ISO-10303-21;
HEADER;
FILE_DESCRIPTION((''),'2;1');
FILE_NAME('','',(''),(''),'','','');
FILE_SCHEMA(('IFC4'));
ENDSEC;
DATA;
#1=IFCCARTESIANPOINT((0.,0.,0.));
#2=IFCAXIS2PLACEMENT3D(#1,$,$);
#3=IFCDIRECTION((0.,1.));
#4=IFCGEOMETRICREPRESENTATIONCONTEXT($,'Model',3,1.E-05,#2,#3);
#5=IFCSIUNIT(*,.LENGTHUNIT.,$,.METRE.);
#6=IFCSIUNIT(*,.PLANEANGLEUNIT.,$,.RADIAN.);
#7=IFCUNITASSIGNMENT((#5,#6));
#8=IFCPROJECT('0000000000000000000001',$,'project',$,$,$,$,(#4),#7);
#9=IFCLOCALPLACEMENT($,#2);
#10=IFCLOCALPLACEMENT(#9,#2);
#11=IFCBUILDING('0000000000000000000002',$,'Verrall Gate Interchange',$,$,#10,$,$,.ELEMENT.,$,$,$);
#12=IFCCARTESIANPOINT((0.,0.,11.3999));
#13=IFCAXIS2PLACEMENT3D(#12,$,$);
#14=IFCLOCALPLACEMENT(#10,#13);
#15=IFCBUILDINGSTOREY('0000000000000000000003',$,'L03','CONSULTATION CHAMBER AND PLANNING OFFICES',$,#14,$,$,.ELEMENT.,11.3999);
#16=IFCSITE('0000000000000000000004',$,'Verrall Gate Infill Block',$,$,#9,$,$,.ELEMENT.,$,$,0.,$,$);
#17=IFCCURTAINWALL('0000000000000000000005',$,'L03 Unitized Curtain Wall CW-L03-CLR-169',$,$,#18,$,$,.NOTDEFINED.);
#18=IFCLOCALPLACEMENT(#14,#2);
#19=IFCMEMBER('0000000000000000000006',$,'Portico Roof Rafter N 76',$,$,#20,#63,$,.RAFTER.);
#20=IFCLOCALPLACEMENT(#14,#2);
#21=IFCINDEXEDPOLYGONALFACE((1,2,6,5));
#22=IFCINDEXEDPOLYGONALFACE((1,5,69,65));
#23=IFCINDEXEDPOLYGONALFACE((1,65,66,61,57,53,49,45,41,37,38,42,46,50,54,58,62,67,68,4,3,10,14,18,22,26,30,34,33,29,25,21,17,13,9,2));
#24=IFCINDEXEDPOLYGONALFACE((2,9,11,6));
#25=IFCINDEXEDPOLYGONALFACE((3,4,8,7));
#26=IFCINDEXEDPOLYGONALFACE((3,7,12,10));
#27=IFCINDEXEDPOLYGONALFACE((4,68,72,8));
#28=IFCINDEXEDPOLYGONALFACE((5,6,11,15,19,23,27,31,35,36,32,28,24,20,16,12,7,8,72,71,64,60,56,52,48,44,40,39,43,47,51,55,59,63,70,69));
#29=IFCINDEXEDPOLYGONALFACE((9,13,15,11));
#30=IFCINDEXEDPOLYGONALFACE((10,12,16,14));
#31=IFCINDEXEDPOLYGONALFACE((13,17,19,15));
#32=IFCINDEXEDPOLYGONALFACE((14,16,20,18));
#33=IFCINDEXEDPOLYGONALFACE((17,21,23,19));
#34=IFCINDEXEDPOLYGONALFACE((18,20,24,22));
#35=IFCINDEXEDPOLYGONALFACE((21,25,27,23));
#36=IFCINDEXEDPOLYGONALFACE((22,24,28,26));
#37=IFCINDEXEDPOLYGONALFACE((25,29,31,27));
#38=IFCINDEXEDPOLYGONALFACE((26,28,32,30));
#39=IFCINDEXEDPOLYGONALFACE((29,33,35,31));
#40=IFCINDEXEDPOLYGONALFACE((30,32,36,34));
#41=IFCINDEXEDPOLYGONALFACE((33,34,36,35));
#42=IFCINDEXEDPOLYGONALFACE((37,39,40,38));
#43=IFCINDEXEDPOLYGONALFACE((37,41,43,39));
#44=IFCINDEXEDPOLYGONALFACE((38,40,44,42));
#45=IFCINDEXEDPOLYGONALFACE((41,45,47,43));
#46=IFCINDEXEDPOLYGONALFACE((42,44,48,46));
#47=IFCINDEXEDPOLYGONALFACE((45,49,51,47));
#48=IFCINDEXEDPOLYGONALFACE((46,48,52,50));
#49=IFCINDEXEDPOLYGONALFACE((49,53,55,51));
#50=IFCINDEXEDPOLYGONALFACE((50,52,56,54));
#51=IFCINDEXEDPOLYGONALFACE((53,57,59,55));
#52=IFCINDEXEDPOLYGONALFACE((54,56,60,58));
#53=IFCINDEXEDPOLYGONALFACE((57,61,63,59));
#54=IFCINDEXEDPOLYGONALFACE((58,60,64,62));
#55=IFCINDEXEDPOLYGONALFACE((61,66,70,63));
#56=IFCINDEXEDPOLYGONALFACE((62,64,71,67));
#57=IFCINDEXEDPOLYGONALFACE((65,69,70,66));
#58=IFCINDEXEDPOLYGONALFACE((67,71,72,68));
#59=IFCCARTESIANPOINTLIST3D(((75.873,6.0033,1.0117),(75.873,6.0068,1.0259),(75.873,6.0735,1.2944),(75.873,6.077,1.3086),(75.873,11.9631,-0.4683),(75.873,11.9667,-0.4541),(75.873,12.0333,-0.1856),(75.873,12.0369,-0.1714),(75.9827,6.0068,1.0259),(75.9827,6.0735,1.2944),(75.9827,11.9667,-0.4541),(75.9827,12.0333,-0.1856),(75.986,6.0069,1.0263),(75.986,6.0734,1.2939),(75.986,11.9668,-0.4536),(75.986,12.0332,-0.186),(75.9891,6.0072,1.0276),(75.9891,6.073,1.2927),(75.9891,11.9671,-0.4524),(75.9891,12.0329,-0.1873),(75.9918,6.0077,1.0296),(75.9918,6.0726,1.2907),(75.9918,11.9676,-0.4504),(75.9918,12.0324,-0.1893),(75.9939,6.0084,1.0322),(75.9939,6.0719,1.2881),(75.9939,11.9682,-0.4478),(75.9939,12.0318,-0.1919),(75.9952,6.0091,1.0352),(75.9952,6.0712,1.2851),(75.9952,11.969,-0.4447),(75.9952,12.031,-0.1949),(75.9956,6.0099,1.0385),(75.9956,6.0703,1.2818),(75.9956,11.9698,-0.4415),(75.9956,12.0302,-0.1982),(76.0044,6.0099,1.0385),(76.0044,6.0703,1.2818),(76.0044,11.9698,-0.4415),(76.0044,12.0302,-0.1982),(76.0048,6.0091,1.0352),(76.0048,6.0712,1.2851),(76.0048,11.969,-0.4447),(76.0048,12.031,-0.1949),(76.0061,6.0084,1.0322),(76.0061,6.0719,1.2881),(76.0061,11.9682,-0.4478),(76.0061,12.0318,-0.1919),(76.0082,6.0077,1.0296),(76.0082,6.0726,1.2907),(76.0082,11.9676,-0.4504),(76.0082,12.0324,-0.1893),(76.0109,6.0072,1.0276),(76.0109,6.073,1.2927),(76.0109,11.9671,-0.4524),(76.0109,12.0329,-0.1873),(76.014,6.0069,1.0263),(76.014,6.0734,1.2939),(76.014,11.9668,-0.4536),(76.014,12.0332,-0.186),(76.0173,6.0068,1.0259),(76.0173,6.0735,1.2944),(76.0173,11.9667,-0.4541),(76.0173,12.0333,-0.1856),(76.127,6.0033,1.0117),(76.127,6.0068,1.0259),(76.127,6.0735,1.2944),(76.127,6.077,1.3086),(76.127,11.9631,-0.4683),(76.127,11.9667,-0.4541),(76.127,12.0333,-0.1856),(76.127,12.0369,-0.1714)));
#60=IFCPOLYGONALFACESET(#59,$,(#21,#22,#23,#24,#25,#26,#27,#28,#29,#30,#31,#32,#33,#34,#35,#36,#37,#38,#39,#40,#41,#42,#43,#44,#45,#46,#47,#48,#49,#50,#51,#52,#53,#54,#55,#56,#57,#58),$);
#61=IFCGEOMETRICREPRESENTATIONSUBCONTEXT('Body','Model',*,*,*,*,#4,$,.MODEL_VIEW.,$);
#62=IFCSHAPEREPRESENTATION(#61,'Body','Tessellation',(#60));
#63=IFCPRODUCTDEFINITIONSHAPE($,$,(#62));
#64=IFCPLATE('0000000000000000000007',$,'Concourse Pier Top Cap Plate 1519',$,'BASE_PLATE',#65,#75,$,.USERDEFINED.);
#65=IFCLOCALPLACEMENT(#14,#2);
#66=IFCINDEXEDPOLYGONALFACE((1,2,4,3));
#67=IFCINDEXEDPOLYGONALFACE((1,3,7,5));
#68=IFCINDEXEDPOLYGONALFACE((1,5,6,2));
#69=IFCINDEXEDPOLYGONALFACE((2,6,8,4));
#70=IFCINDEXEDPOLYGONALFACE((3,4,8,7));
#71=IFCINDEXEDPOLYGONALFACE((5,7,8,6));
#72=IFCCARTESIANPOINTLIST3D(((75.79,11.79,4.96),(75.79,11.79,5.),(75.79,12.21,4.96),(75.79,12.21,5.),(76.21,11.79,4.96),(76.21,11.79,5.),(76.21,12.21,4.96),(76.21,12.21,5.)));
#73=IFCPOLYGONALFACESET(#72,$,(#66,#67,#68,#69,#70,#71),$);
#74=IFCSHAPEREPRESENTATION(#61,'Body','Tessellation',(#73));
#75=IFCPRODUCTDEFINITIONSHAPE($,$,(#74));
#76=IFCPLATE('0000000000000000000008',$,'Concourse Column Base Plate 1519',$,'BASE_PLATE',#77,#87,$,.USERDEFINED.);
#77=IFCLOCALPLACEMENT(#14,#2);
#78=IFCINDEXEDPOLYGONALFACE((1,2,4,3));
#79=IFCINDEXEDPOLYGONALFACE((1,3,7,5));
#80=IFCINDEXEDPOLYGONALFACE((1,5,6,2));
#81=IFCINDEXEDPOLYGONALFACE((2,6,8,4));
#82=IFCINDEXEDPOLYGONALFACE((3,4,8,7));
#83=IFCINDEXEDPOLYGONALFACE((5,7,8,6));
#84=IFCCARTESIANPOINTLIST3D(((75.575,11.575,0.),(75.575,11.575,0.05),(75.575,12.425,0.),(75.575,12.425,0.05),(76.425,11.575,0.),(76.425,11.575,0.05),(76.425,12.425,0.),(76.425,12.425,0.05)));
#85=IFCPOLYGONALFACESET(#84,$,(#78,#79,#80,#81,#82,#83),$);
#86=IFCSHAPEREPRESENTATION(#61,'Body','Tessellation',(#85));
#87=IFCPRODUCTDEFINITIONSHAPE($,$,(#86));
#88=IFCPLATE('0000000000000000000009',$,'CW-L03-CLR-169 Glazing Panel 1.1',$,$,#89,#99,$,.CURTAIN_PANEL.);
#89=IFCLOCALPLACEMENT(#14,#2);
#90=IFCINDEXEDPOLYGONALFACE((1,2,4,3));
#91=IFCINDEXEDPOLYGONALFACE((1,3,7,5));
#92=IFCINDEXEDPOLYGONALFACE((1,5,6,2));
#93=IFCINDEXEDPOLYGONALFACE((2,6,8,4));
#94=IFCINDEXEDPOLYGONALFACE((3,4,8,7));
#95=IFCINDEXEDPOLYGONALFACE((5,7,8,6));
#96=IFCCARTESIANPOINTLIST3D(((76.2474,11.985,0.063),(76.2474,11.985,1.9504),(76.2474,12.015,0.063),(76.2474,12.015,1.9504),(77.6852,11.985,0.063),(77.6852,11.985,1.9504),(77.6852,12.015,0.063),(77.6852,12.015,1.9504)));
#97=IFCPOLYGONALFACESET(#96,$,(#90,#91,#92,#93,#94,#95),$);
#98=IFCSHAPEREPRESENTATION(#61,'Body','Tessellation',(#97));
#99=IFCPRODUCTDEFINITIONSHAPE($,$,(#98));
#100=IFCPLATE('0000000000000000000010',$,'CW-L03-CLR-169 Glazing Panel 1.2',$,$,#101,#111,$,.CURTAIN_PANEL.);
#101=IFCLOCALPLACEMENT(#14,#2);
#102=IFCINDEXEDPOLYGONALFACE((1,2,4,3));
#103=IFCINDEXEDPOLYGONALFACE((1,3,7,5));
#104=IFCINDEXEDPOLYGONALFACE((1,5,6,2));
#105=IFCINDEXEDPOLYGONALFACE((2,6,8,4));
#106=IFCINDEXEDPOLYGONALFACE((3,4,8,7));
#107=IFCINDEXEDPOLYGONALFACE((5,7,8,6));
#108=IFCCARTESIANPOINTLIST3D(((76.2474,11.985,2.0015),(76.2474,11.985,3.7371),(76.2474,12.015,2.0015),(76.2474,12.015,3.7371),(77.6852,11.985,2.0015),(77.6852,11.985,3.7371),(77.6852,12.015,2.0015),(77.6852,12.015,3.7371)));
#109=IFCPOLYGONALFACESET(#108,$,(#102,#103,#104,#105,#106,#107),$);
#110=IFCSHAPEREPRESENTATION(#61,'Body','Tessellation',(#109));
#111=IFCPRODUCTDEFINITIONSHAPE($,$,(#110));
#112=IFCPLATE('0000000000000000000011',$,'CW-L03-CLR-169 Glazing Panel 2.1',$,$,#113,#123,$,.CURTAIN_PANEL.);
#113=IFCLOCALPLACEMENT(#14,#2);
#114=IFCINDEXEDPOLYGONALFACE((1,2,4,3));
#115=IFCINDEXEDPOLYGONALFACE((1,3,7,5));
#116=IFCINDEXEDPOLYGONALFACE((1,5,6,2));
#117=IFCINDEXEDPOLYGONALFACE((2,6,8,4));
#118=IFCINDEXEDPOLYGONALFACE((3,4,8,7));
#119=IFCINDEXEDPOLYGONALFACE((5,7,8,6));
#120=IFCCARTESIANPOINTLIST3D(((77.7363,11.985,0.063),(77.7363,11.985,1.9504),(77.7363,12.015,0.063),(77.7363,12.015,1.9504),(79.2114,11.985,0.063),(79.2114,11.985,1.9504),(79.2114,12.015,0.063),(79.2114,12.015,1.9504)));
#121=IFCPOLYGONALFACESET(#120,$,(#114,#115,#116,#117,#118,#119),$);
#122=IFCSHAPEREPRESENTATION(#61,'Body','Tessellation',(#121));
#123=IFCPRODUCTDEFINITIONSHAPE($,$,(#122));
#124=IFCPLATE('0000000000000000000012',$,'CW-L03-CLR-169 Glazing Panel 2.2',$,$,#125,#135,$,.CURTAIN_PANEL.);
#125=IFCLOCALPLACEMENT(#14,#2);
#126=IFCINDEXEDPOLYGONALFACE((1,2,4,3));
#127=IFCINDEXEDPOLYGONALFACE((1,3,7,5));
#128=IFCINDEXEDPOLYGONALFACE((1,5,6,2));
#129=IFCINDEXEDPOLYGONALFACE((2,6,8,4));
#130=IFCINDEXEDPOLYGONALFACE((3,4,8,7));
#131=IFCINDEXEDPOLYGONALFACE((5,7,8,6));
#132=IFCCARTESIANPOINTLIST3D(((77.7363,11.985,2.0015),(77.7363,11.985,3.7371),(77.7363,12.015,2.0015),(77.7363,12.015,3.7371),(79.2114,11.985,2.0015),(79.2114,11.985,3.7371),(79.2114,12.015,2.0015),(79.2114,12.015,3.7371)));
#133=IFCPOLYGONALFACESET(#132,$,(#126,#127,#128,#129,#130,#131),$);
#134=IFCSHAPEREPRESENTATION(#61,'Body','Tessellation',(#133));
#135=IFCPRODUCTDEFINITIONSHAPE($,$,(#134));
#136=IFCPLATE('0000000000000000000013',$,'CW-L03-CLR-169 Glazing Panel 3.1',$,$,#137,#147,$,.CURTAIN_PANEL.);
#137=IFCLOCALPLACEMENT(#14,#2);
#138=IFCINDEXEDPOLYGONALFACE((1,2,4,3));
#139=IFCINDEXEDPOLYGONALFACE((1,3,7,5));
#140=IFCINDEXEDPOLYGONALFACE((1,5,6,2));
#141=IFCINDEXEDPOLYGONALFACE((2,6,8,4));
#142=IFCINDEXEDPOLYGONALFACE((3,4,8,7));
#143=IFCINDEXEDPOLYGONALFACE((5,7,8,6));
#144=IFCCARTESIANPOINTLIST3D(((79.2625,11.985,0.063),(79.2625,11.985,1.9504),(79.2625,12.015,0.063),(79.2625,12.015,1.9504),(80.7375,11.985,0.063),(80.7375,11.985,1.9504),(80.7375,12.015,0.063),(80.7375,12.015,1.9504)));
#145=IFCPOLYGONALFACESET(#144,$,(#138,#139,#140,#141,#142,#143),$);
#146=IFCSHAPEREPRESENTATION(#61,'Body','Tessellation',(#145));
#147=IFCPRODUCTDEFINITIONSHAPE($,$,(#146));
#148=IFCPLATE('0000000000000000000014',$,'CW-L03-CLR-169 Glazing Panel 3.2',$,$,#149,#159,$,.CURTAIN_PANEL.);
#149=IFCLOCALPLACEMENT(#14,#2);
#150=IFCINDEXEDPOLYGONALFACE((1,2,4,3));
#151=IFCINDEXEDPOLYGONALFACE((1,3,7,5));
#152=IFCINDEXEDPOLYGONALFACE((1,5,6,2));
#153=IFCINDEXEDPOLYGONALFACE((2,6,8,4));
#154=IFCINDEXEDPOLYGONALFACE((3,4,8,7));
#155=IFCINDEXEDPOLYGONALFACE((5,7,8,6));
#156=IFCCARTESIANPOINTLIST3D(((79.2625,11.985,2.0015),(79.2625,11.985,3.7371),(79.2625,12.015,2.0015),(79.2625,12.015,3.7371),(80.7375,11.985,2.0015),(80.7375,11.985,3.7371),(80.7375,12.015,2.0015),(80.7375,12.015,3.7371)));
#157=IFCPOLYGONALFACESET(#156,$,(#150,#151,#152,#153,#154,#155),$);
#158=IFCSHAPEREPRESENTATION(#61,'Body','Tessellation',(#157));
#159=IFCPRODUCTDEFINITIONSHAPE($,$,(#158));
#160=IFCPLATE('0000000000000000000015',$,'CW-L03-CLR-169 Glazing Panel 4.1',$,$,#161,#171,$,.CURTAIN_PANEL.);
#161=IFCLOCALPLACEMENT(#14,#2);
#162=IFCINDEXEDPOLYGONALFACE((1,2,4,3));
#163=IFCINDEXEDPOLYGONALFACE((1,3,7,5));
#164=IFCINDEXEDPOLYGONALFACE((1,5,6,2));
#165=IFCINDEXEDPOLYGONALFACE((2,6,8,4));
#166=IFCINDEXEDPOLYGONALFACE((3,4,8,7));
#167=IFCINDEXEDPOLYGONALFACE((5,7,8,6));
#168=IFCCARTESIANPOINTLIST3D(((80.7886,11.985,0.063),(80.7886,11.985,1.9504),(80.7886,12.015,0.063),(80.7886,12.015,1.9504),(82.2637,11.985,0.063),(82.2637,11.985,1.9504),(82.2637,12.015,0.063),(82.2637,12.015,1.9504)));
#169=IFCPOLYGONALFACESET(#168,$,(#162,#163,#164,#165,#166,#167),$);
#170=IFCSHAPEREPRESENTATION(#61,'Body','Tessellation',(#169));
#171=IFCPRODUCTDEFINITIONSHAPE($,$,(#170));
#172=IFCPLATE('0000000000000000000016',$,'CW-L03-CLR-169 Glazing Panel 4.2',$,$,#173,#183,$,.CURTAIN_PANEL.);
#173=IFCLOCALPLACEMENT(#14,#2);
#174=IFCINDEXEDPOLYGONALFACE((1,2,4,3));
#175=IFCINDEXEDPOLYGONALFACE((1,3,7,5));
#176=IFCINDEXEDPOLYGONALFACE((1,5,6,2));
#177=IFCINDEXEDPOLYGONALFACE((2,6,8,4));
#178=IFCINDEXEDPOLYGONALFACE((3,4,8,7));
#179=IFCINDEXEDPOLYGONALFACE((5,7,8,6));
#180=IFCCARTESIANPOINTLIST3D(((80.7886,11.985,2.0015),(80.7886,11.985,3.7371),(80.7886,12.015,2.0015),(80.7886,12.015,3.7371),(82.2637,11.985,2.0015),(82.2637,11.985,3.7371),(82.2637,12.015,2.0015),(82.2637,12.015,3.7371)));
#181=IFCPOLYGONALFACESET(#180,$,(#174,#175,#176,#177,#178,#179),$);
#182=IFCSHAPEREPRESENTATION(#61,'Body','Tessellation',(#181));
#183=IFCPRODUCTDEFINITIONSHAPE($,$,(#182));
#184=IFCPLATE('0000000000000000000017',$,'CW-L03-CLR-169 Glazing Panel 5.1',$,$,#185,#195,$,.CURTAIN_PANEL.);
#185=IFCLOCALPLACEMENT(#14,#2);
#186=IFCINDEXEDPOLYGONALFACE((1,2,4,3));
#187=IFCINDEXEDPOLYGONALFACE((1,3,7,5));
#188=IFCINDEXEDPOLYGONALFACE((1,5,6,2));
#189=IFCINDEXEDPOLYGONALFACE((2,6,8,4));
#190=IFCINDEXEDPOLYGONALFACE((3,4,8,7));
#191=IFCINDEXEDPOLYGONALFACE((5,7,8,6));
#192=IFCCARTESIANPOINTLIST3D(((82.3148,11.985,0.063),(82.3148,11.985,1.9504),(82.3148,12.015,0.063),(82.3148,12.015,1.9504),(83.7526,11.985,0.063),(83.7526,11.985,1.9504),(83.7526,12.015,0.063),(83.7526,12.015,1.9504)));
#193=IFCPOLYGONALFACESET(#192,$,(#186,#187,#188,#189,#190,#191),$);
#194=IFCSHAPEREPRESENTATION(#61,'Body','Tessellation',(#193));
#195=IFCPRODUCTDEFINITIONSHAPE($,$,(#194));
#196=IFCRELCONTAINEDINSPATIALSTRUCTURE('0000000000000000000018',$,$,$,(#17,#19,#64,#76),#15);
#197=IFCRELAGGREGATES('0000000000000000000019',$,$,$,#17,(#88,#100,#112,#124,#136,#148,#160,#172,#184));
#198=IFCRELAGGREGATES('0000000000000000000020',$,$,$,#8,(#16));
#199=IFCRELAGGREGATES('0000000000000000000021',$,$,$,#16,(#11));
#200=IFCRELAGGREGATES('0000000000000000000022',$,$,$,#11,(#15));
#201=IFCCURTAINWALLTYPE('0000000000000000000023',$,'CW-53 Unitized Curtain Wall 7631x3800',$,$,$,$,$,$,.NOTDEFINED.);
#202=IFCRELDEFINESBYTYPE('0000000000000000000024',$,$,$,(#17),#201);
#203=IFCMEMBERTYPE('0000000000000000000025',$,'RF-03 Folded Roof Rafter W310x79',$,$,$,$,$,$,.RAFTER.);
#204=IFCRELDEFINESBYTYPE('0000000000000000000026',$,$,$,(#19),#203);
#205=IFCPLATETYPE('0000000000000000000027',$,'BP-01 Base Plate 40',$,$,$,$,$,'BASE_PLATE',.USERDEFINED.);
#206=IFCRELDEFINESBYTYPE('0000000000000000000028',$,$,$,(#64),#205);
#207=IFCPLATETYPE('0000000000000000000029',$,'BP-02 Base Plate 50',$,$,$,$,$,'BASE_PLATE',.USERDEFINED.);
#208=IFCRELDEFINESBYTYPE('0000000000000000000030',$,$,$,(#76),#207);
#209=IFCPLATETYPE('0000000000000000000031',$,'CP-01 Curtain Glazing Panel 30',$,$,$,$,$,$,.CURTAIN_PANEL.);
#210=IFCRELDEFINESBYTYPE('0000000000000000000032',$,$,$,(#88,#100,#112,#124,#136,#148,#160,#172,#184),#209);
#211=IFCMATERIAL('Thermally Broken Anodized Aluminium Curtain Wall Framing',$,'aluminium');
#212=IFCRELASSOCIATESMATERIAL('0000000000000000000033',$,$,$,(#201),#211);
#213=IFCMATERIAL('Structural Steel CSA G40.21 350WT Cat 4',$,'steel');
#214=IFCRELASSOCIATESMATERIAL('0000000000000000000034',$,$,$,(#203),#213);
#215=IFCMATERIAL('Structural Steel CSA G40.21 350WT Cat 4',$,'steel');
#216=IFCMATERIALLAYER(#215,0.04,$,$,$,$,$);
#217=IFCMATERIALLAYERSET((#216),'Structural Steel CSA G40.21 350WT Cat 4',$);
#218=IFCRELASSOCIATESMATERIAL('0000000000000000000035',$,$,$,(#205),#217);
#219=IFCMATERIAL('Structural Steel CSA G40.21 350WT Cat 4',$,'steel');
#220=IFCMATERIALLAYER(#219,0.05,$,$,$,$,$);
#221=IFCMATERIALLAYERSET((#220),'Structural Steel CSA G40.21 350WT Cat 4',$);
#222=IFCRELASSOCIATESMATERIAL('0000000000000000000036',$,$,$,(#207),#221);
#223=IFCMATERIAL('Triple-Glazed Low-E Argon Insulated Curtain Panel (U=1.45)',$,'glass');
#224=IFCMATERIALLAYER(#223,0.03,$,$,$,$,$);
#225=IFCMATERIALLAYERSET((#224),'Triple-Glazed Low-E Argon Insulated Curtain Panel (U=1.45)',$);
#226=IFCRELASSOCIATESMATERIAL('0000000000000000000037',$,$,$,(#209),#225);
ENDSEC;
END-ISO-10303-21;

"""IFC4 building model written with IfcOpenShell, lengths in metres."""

from ifc_helpers import new_model, si_unit, direction, frame, origin, origin_2d, place, context, subcontext, project, spatial, rectangle, i_section, extrude, material, layer, layer_set, material_profile, profile_set, type_object, element, aggregate, save


model = new_model("IFC4")

# Units and contexts
model_context = context("Model", 3, precision=1e-05, world=origin(), true_north=direction((0.0, 1.0)))
body_context = subcontext(model_context, "Body", "Model", "MODEL_VIEW")
ifc_project = project(units=[si_unit("LENGTHUNIT", "METRE"), si_unit("PLANEANGLEUNIT", "RADIAN")], contexts=[model_context])

# Site, building, storey
site_placement = place(None, origin())
site = spatial("IfcSite", under=ifc_project, at=site_placement, Name="Verrall Gate Infill Block", CompositionType="ELEMENT", RefElevation=0.0)
building_placement = place(site_placement, origin())
building = spatial("IfcBuilding", under=site, at=building_placement, Name="Verrall Gate Interchange", CompositionType="ELEMENT")
storey_placement = place(building_placement, frame((0.0, 0.0, 11.3999)))
storey = spatial("IfcBuildingStorey", under=building, at=storey_placement, Name="L03", Description="CONSULTATION CHAMBER AND PLANNING OFFICES", CompositionType="ELEMENT", Elevation=11.3999)

# Curtain wall
ifc_material_1 = material(Name="Thermally Broken Anodized Aluminium Curtain Wall Framing", Category="aluminium")
curtain_wall_type = type_object("IfcCurtainWallType", Name="CW-53 Unitized Curtain Wall 7631x3800", PredefinedType="NOTDEFINED", material=ifc_material_1)
curtain_wall_placement = place(storey_placement, origin())
curtain_wall = element("IfcCurtainWall", 1, at=curtain_wall_placement, inside=storey, type_object=curtain_wall_type, Name="L03 Unitized Curtain Wall CW-L03-CLR-169", PredefinedType="NOTDEFINED")

# Member
ifc_material_2 = material(Name="Structural Steel CSA G40.21 350WT Cat 4", Category="steel")
ifc_material_profile_1 = material_profile(ifc_material_2, i_section(OverallWidth=0.2539, OverallDepth=0.3059, WebThickness=0.0088, FlangeThickness=0.0146, FilletRadius=0.0129, at=origin_2d()), Name="W310x79")
ifc_profile_set_1 = profile_set([ifc_material_profile_1], Name="Structural Steel CSA G40.21 350WT Cat 4")
member_type_1 = type_object("IfcMemberType", Name="RF-03 Folded Roof Rafter W310x79", PredefinedType="RAFTER", material=ifc_profile_set_1)
member_1_placement = place(storey_placement, frame((76.0, 12.0, -0.3198), z_axis=(0.0, -0.970525, 0.241001), x_axis=(1.0, 0.0, 0.0)))
element("IfcMember", 2, at=member_1_placement, inside=storey, type_object=member_type_1, Name="Portico Roof Rafter N 76", PredefinedType="RAFTER", context=body_context, shape_type="SweptSolid", body=[
    extrude(i_section(OverallWidth=0.2539, OverallDepth=0.3059, WebThickness=0.0088, FlangeThickness=0.0146, FilletRadius=0.0129, at=origin_2d()), origin(), (0.0, 0.0, 1.0), 6.1409),
])

# Plates
ifc_material_3 = material(Name="Structural Steel CSA G40.21 350WT Cat 4", Category="steel")
ifc_layer_1 = layer(ifc_material_3, 0.04)
ifc_layer_set_1 = layer_set([ifc_layer_1], Name="Structural Steel CSA G40.21 350WT Cat 4")
plate_type_1 = type_object("IfcPlateType", Name="BP-01 Base Plate 40", ElementType="BASE_PLATE", PredefinedType="USERDEFINED", material=ifc_layer_set_1)
plate_1_placement = place(storey_placement, frame((76.0, 12.0, 4.96), z_axis=(0.0, 0.0, 1.0), x_axis=(1.0, 0.0, 0.0)))
element("IfcPlate", 3, at=plate_1_placement, inside=storey, type_object=plate_type_1, Name="Concourse Pier Top Cap Plate 1519", ObjectType="BASE_PLATE", PredefinedType="USERDEFINED", context=body_context, shape_type="SweptSolid", body=[
    extrude(rectangle(XDim=0.4199, YDim=0.4199, at=origin_2d()), origin(), (0.0, 0.0, 1.0), 0.04),
])
ifc_material_4 = material(Name="Structural Steel CSA G40.21 350WT Cat 4", Category="steel")
ifc_layer_2 = layer(ifc_material_4, 0.05)
ifc_layer_set_2 = layer_set([ifc_layer_2], Name="Structural Steel CSA G40.21 350WT Cat 4")
plate_type_2 = type_object("IfcPlateType", Name="BP-02 Base Plate 50", ElementType="BASE_PLATE", PredefinedType="USERDEFINED", material=ifc_layer_set_2)
plate_2_placement = place(storey_placement, frame((76.0, 12.0, 0.0), z_axis=(0.0, 0.0, 1.0), x_axis=(1.0, 0.0, 0.0)))
element("IfcPlate", 4, at=plate_2_placement, inside=storey, type_object=plate_type_2, Name="Concourse Column Base Plate 1519", ObjectType="BASE_PLATE", PredefinedType="USERDEFINED", context=body_context, shape_type="SweptSolid", body=[
    extrude(rectangle(XDim=0.8501, YDim=0.8501, at=origin_2d()), origin(), (0.0, 0.0, 1.0), 0.05),
])

# Plates
ifc_material_5 = material(Name="Triple-Glazed Low-E Argon Insulated Curtain Panel (U=1.45)", Category="glass")
ifc_layer_3 = layer(ifc_material_5, 0.03)
ifc_layer_set_3 = layer_set([ifc_layer_3], Name="Triple-Glazed Low-E Argon Insulated Curtain Panel (U=1.45)")
plate_type_3 = type_object("IfcPlateType", Name="CP-01 Curtain Glazing Panel 30", PredefinedType="CURTAIN_PANEL", material=ifc_layer_set_3)
plate_3_placement = place(storey_placement, frame((76.9663, 12.0, 0.063), z_axis=(0.0, 0.0, 1.0), x_axis=(1.0, 0.0, 0.0)))
plate_3 = element("IfcPlate", 5, at=plate_3_placement, type_object=plate_type_3, Name="CW-L03-CLR-169 Glazing Panel 1.1", PredefinedType="CURTAIN_PANEL", context=body_context, shape_type="SweptSolid", body=[
    extrude(rectangle(XDim=1.4377, YDim=0.03, at=origin_2d()), origin(), (0.0, 0.0, 1.0), 1.8875),
])
plate_4_placement = place(storey_placement, frame((76.9663, 12.0, 2.0015), z_axis=(0.0, 0.0, 1.0), x_axis=(1.0, 0.0, 0.0)))
plate_4 = element("IfcPlate", 6, at=plate_4_placement, type_object=plate_type_3, Name="CW-L03-CLR-169 Glazing Panel 1.2", PredefinedType="CURTAIN_PANEL", context=body_context, shape_type="SweptSolid", body=[
    extrude(rectangle(XDim=1.4377, YDim=0.03, at=origin_2d()), origin(), (0.0, 0.0, 1.0), 1.7356),
])
plate_5_placement = place(storey_placement, frame((78.4739, 12.0, 0.063), z_axis=(0.0, 0.0, 1.0), x_axis=(1.0, 0.0, 0.0)))
plate_5 = element("IfcPlate", 7, at=plate_5_placement, type_object=plate_type_3, Name="CW-L03-CLR-169 Glazing Panel 2.1", PredefinedType="CURTAIN_PANEL", context=body_context, shape_type="SweptSolid", body=[
    extrude(rectangle(XDim=1.4751, YDim=0.03, at=origin_2d()), origin(), (0.0, 0.0, 1.0), 1.8875),
])
plate_6_placement = place(storey_placement, frame((78.4739, 12.0, 2.0015), z_axis=(0.0, 0.0, 1.0), x_axis=(1.0, 0.0, 0.0)))
plate_6 = element("IfcPlate", 8, at=plate_6_placement, type_object=plate_type_3, Name="CW-L03-CLR-169 Glazing Panel 2.2", PredefinedType="CURTAIN_PANEL", context=body_context, shape_type="SweptSolid", body=[
    extrude(rectangle(XDim=1.4751, YDim=0.03, at=origin_2d()), origin(), (0.0, 0.0, 1.0), 1.7356),
])
plate_7_placement = place(storey_placement, frame((80.0, 12.0, 0.063), z_axis=(0.0, 0.0, 1.0), x_axis=(1.0, 0.0, 0.0)))
plate_7 = element("IfcPlate", 9, at=plate_7_placement, type_object=plate_type_3, Name="CW-L03-CLR-169 Glazing Panel 3.1", PredefinedType="CURTAIN_PANEL", context=body_context, shape_type="SweptSolid", body=[
    extrude(rectangle(XDim=1.4751, YDim=0.03, at=origin_2d()), origin(), (0.0, 0.0, 1.0), 1.8875),
])
plate_8_placement = place(storey_placement, frame((80.0, 12.0, 2.0015), z_axis=(0.0, 0.0, 1.0), x_axis=(1.0, 0.0, 0.0)))
plate_8 = element("IfcPlate", 10, at=plate_8_placement, type_object=plate_type_3, Name="CW-L03-CLR-169 Glazing Panel 3.2", PredefinedType="CURTAIN_PANEL", context=body_context, shape_type="SweptSolid", body=[
    extrude(rectangle(XDim=1.4751, YDim=0.03, at=origin_2d()), origin(), (0.0, 0.0, 1.0), 1.7356),
])
plate_9_placement = place(storey_placement, frame((81.5261, 12.0, 0.063), z_axis=(0.0, 0.0, 1.0), x_axis=(1.0, 0.0, 0.0)))
plate_9 = element("IfcPlate", 11, at=plate_9_placement, type_object=plate_type_3, Name="CW-L03-CLR-169 Glazing Panel 4.1", PredefinedType="CURTAIN_PANEL", context=body_context, shape_type="SweptSolid", body=[
    extrude(rectangle(XDim=1.4751, YDim=0.03, at=origin_2d()), origin(), (0.0, 0.0, 1.0), 1.8875),
])
plate_10_placement = place(storey_placement, frame((81.5261, 12.0, 2.0015), z_axis=(0.0, 0.0, 1.0), x_axis=(1.0, 0.0, 0.0)))
plate_10 = element("IfcPlate", 12, at=plate_10_placement, type_object=plate_type_3, Name="CW-L03-CLR-169 Glazing Panel 4.2", PredefinedType="CURTAIN_PANEL", context=body_context, shape_type="SweptSolid", body=[
    extrude(rectangle(XDim=1.4751, YDim=0.03, at=origin_2d()), origin(), (0.0, 0.0, 1.0), 1.7356),
])
plate_11_placement = place(storey_placement, frame((83.0337, 12.0, 0.063), z_axis=(0.0, 0.0, 1.0), x_axis=(1.0, 0.0, 0.0)))
plate_11 = element("IfcPlate", 13, at=plate_11_placement, type_object=plate_type_3, Name="CW-L03-CLR-169 Glazing Panel 5.1", PredefinedType="CURTAIN_PANEL", context=body_context, shape_type="SweptSolid", body=[
    extrude(rectangle(XDim=1.4377, YDim=0.03, at=origin_2d()), origin(), (0.0, 0.0, 1.0), 1.8875),
])
aggregate(curtain_wall, [plate_3, plate_4, plate_5, plate_6, plate_7, plate_8, plate_9, plate_10, plate_11])

save(model, "model.ifc")
